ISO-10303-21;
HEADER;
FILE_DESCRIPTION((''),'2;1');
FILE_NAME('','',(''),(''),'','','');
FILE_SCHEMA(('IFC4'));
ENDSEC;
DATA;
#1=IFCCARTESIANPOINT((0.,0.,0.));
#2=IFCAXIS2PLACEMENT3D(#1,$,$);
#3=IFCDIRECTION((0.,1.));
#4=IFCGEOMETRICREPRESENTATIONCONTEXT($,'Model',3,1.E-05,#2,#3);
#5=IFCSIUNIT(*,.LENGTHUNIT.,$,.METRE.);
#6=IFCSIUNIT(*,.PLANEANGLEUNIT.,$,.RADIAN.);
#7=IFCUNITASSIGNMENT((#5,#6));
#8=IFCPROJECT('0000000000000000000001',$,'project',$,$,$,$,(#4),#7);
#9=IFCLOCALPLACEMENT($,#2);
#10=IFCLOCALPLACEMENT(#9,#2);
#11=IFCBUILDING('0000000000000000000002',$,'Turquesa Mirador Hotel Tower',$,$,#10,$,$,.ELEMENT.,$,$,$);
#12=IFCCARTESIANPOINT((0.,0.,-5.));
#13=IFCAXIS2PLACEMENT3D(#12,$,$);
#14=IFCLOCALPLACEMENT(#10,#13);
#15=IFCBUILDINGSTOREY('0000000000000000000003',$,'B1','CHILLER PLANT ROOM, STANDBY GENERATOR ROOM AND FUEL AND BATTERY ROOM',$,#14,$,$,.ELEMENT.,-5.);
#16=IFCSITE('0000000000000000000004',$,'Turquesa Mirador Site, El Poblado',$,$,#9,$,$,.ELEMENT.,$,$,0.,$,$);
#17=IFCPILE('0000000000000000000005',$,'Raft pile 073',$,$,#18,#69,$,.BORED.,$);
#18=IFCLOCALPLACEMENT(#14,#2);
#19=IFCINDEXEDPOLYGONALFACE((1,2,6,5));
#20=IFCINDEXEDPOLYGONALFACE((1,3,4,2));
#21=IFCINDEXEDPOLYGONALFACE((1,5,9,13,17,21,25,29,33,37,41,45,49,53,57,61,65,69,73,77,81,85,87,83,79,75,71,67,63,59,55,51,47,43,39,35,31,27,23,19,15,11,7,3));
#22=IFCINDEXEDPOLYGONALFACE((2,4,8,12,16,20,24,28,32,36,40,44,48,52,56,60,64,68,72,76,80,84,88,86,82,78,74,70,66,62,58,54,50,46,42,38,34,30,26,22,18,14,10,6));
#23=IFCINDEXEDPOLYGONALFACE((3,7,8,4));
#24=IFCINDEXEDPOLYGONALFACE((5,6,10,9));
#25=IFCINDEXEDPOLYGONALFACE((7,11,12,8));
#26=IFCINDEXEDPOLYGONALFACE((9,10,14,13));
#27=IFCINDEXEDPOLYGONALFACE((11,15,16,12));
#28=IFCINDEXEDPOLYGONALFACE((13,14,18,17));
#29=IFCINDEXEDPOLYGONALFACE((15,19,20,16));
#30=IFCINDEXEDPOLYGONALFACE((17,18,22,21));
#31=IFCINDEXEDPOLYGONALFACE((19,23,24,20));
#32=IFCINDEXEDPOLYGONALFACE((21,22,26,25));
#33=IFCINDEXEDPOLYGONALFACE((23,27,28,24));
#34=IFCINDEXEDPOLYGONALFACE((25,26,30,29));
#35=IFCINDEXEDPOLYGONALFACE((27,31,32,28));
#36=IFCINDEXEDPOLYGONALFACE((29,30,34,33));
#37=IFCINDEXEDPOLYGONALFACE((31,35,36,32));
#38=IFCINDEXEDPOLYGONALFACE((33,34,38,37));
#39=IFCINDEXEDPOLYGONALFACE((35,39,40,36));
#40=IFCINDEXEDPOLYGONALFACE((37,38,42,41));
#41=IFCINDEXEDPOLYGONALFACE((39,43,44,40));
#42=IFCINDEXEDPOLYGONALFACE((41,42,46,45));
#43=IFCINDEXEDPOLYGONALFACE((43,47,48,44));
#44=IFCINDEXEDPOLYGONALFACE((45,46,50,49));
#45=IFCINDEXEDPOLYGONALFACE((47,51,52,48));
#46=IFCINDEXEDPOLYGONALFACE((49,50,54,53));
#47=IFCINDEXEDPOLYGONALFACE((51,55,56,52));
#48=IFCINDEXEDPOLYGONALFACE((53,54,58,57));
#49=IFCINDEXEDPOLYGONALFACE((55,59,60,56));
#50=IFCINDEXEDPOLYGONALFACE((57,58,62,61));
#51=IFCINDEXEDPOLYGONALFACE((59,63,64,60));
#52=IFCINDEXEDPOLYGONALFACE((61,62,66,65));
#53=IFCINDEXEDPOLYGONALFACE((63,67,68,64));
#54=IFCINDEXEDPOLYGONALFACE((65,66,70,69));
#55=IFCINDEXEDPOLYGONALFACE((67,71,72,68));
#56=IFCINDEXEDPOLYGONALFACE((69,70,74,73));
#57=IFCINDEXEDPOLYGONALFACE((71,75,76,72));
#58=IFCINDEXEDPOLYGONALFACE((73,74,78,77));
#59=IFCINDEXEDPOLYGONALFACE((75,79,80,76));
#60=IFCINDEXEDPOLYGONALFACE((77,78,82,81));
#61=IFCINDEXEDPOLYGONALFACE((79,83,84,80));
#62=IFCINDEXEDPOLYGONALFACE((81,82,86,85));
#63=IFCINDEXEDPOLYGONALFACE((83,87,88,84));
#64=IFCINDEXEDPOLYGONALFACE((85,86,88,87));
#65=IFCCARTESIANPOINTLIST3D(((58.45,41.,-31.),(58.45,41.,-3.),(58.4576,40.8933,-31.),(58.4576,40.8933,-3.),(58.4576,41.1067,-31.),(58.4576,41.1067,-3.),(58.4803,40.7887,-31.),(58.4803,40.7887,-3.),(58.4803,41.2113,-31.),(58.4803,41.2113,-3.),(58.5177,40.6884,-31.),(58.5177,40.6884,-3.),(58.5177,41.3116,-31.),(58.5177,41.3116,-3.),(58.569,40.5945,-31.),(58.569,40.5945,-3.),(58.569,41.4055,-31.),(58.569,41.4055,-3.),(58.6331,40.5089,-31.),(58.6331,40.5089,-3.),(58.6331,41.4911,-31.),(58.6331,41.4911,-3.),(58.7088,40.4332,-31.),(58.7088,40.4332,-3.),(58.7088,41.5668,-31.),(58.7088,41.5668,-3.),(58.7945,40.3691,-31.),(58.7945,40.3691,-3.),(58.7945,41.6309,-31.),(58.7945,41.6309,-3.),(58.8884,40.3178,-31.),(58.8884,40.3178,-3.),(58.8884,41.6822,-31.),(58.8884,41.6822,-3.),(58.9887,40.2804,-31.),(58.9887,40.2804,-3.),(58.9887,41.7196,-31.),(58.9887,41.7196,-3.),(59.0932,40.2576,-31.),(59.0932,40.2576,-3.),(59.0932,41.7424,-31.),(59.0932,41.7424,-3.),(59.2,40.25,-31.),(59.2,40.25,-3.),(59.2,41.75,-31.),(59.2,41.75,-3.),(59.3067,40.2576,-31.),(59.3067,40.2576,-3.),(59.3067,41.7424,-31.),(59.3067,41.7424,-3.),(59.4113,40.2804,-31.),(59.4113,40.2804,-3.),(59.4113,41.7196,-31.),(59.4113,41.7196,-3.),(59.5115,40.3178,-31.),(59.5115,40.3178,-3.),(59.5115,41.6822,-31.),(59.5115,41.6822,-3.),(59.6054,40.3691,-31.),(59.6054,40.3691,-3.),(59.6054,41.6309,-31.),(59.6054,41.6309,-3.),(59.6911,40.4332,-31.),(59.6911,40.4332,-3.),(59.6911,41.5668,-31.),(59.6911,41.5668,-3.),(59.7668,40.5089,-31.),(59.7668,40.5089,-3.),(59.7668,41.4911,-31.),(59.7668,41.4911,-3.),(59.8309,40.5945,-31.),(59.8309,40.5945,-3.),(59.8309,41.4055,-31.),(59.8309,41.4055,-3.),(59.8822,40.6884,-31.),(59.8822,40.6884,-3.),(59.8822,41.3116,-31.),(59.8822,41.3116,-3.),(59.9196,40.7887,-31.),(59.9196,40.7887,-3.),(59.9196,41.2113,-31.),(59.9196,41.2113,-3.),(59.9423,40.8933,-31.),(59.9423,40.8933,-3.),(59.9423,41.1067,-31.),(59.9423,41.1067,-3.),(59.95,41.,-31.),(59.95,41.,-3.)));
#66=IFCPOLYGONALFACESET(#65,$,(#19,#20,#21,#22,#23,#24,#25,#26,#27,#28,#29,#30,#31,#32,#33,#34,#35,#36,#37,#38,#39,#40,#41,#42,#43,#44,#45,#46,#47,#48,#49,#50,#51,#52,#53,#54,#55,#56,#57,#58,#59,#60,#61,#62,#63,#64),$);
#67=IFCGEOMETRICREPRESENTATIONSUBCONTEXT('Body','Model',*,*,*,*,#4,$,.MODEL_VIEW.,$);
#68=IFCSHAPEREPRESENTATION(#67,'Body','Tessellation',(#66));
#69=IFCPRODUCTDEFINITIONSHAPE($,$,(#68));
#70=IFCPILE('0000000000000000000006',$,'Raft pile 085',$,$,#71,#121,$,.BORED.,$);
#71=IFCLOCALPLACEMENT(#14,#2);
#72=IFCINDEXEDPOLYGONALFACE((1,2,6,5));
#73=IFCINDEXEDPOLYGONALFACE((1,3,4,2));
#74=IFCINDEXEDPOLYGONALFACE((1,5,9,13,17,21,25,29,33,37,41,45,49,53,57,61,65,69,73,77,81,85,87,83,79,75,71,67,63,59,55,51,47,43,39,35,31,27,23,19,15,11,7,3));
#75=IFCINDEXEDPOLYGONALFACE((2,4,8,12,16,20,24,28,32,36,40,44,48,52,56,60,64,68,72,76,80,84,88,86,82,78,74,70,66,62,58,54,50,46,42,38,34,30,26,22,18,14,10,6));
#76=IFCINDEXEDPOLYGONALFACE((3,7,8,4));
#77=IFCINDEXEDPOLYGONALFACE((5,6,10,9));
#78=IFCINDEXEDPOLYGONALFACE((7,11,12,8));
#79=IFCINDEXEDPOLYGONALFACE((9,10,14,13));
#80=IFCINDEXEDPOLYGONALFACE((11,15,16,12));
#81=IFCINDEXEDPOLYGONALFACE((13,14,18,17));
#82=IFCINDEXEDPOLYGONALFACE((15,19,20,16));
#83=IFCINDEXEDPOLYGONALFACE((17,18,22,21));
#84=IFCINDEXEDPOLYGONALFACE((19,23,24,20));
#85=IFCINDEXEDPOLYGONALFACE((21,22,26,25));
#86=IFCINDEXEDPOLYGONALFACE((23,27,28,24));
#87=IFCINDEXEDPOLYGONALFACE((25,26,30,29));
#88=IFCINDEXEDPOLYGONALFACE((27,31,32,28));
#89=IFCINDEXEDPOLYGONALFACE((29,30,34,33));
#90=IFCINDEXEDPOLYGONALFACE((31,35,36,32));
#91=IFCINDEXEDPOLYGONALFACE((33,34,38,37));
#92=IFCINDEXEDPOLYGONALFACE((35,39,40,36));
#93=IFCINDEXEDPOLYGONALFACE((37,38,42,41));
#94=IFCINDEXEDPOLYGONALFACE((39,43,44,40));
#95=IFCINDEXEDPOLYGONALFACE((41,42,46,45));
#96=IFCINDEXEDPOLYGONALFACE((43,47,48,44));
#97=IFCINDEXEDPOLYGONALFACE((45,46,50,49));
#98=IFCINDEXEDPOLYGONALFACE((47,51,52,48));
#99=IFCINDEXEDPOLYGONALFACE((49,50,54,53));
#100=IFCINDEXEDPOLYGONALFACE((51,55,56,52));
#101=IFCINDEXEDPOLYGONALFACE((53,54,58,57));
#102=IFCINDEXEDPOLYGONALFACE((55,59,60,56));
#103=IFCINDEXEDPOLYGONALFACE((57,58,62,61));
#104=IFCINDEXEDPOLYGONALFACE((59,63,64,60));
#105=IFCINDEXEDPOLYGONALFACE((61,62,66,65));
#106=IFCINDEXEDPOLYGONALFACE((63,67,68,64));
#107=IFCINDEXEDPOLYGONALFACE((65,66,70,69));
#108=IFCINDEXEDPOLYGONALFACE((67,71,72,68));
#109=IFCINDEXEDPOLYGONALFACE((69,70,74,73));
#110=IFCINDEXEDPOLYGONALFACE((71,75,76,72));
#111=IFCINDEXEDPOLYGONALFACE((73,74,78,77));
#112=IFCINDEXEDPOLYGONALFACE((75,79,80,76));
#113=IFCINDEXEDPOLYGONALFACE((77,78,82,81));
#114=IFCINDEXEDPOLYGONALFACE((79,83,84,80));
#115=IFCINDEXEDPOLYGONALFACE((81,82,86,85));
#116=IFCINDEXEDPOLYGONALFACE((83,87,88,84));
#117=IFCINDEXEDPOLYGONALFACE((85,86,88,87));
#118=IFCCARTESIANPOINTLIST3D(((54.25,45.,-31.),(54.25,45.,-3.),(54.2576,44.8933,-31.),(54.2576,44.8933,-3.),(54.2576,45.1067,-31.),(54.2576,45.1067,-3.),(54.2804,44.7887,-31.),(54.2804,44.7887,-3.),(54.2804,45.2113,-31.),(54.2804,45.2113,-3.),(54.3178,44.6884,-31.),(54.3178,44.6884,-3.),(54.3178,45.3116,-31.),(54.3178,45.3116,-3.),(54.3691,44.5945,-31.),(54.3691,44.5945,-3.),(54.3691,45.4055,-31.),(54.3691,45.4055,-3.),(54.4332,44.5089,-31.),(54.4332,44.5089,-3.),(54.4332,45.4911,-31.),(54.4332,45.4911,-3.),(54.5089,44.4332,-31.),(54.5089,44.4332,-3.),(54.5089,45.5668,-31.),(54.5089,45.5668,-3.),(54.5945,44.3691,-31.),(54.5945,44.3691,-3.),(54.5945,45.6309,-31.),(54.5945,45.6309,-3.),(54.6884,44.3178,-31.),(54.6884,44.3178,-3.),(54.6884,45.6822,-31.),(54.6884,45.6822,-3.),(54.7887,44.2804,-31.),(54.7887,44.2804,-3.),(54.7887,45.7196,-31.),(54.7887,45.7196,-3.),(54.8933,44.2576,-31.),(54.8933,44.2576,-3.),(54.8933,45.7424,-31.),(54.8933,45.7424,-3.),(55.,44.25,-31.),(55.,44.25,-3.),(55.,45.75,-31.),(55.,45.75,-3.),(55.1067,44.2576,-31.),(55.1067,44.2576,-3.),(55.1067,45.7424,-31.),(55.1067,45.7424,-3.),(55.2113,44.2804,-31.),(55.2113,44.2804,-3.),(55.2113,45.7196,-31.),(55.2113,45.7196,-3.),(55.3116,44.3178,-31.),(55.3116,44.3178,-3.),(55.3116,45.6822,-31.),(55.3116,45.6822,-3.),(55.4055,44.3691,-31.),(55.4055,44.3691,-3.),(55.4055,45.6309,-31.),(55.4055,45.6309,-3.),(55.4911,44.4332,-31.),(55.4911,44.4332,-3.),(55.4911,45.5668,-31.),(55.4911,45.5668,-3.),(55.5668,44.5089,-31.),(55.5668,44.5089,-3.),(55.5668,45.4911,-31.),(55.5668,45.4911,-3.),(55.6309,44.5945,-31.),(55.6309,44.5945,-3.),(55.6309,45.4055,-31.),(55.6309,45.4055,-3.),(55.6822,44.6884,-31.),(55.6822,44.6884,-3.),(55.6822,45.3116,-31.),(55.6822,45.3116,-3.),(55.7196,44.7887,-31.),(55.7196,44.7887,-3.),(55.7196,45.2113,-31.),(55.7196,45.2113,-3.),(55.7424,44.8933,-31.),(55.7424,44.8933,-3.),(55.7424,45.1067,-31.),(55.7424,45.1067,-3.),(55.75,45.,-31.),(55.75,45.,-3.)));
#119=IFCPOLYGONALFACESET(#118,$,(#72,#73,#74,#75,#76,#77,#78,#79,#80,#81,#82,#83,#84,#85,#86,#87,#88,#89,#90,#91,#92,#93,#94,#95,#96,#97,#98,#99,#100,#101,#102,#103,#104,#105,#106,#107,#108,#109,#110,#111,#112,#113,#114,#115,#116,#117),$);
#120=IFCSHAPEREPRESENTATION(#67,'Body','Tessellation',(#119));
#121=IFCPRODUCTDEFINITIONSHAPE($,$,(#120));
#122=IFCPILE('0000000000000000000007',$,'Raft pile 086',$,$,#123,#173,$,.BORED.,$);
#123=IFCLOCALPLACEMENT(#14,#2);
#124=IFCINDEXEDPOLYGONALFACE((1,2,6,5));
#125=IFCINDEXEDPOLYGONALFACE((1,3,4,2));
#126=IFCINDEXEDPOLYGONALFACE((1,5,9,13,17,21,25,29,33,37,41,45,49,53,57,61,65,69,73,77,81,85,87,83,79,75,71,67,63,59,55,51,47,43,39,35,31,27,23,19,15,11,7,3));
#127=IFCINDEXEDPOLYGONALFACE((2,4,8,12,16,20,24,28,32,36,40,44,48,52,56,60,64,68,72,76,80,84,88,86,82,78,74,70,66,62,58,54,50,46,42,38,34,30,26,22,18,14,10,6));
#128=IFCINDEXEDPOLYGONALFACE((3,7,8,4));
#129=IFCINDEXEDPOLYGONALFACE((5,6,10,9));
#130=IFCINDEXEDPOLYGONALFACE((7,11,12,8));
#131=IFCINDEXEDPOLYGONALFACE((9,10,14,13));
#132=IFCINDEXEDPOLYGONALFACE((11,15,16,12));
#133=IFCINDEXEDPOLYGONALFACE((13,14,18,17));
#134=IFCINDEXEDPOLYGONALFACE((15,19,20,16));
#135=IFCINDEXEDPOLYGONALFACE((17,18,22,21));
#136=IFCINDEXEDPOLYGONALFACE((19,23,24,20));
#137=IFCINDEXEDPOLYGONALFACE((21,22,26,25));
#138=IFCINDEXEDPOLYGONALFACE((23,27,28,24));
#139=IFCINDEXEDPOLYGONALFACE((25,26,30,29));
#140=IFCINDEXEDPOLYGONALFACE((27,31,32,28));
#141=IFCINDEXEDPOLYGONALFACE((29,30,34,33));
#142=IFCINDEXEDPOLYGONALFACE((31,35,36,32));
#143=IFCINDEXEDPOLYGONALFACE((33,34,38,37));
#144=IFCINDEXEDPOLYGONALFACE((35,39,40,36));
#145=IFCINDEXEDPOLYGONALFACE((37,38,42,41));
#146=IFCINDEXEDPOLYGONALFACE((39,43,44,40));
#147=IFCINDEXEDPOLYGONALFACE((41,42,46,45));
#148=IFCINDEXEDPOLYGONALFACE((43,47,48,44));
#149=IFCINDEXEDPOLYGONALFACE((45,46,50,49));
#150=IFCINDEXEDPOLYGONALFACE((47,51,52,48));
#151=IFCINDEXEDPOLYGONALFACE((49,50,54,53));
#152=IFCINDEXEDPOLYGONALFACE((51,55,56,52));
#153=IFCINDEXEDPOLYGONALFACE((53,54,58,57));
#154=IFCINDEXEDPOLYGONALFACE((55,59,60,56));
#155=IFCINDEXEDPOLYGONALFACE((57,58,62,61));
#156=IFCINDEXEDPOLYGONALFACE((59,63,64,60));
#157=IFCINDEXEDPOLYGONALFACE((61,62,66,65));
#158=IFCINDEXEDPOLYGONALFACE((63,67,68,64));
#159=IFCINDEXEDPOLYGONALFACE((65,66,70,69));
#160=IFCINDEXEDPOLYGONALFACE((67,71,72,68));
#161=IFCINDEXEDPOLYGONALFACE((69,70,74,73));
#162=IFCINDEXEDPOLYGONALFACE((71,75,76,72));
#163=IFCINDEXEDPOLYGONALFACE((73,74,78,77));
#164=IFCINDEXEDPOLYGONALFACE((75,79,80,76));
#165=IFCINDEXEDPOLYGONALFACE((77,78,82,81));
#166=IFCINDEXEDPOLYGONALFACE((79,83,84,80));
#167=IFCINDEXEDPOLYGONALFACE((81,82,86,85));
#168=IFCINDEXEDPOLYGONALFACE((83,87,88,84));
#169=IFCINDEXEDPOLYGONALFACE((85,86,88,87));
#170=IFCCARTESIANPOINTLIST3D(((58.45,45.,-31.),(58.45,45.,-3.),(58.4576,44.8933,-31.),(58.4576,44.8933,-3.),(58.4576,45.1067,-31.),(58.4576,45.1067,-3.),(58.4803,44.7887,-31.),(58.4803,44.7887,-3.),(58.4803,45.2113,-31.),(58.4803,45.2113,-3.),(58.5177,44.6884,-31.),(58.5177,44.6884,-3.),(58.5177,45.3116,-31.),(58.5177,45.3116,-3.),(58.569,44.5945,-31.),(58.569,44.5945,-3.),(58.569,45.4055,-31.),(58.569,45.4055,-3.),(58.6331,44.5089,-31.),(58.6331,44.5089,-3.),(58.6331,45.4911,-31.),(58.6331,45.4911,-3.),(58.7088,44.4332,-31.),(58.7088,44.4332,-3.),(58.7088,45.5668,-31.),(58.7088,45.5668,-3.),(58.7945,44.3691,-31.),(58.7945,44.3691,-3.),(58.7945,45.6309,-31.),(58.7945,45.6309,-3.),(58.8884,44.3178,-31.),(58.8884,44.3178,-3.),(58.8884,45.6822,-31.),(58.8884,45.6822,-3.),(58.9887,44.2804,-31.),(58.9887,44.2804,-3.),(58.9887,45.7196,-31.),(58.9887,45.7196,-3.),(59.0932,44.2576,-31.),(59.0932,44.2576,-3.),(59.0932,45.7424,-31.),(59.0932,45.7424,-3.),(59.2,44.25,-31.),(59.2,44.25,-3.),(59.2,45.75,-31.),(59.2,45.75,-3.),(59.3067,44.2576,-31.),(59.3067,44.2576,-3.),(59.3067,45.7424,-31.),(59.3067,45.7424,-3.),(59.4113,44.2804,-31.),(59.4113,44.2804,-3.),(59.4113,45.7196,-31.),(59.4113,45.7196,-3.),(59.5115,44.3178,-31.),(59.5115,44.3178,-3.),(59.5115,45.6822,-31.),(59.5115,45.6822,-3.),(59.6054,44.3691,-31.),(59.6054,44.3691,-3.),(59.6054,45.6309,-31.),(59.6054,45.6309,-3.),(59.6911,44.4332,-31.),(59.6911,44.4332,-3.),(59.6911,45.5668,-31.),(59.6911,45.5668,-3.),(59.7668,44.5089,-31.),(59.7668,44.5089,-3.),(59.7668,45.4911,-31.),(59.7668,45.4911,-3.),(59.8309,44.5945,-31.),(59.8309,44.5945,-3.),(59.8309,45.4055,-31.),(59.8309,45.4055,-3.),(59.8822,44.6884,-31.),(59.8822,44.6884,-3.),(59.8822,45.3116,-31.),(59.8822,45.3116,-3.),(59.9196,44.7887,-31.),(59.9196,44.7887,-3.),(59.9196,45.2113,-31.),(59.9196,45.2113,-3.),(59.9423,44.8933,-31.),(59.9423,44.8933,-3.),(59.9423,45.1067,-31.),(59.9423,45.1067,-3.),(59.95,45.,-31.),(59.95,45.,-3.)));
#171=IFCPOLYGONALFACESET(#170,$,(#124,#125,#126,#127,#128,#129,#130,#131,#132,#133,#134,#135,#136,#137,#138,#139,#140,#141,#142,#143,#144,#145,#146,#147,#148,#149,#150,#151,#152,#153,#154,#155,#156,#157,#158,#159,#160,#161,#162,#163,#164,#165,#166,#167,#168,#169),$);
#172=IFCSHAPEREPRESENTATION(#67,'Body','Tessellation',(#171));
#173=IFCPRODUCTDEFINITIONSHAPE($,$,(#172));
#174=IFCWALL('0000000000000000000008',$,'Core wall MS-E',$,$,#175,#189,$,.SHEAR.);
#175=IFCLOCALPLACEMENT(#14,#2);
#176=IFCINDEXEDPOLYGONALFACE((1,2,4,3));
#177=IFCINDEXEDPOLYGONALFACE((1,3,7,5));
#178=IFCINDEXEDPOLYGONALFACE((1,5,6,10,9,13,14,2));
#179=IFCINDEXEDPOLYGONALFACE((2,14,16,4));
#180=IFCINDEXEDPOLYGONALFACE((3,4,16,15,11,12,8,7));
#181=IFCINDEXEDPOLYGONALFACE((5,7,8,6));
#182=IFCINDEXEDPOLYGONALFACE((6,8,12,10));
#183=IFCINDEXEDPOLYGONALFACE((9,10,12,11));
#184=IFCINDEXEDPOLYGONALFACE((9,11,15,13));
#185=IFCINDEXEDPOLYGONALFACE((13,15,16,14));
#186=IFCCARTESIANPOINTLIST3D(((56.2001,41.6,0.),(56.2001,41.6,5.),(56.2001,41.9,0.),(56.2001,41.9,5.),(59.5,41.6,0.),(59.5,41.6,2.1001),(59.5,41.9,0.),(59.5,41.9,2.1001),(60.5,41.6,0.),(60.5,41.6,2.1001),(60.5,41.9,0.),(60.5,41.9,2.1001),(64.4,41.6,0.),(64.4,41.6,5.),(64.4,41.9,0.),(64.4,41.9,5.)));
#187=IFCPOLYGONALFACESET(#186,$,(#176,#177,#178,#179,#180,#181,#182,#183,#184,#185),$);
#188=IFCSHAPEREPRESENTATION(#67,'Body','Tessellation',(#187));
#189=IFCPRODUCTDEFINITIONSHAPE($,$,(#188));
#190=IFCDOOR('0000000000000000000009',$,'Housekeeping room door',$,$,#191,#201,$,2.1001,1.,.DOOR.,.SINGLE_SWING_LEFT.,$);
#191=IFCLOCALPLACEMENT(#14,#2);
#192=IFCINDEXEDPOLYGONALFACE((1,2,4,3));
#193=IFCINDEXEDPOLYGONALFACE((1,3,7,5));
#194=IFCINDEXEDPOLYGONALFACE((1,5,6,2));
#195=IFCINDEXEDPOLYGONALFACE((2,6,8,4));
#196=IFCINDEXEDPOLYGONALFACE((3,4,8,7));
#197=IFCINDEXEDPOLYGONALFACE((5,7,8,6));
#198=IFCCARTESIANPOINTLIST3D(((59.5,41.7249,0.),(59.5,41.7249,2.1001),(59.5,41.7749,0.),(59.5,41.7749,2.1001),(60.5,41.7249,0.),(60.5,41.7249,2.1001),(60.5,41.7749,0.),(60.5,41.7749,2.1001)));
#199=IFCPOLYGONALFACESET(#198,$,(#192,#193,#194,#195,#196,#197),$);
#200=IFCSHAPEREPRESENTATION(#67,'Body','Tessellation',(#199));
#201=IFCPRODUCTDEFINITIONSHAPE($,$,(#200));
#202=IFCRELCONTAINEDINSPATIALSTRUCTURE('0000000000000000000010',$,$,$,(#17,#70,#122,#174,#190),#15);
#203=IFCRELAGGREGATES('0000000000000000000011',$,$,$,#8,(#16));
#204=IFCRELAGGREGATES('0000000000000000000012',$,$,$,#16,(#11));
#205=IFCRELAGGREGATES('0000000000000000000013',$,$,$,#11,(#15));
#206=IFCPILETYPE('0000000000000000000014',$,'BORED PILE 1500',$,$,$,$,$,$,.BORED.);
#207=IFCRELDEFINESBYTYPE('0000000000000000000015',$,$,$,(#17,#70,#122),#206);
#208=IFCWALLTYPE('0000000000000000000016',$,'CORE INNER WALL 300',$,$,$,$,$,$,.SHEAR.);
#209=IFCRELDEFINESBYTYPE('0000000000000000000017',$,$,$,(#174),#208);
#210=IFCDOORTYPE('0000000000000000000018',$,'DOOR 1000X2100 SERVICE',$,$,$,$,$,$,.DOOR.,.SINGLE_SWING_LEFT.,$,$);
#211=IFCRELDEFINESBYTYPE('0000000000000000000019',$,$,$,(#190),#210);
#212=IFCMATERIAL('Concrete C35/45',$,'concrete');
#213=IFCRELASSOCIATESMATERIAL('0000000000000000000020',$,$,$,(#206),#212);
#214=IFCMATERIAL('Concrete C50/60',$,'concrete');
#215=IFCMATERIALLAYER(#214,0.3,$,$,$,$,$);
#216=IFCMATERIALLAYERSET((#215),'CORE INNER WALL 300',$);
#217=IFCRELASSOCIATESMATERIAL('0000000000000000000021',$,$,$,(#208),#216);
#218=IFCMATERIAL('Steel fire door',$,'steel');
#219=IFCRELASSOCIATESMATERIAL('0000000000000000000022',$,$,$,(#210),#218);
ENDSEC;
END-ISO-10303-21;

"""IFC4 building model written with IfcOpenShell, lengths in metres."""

from ifc_helpers import new_model, si_unit, direction, frame, frame_2d, origin, origin_2d, place, context, subcontext, project, spatial, rectangle, circle, extrude, material, layer, layer_set, type_object, element, fill, save


model = new_model("IFC4")

# Units and contexts
model_context = context("Model", 3, precision=1e-05, world=origin(), true_north=direction((0.0, 1.0)))
body_context = subcontext(model_context, "Body", "Model", "MODEL_VIEW")
ifc_project = project(units=[si_unit("LENGTHUNIT", "METRE"), si_unit("PLANEANGLEUNIT", "RADIAN")], contexts=[model_context])

# Site, building, storey
site_placement = place(None, origin())
site = spatial("IfcSite", under=ifc_project, at=site_placement, Name="Turquesa Mirador Site, El Poblado", CompositionType="ELEMENT", RefElevation=0.0)
building_placement = place(site_placement, origin())
building = spatial("IfcBuilding", under=site, at=building_placement, Name="Turquesa Mirador Hotel Tower", CompositionType="ELEMENT")
storey_placement = place(building_placement, frame((0.0, 0.0, -5.0)))
storey = spatial("IfcBuildingStorey", under=building, at=storey_placement, Name="B1", Description="CHILLER PLANT ROOM, STANDBY GENERATOR ROOM AND FUEL AND BATTERY ROOM", CompositionType="ELEMENT", Elevation=-5.0)

# Piles
ifc_material_1 = material(Name="Concrete C35/45", Category="concrete")
pile_type = type_object("IfcPileType", Name="BORED PILE 1500", PredefinedType="BORED", material=ifc_material_1)
for number, where, z_axis, x_axis, name in (
    (1, (59.2, 41.0, -3.0), (0.0, 0.0, -1.0), (1.0, 0.0, 0.0), "Raft pile 073"),
    (2, (55.0, 45.0, -3.0), (0.0, 0.0, -1.0), (1.0, 0.0, 0.0), "Raft pile 085"),
    (3, (59.2, 45.0, -3.0), (0.0, 0.0, -1.0), (1.0, 0.0, 0.0), "Raft pile 086"),
):
    element("IfcPile", number, at=place(storey_placement, frame(where, z_axis=z_axis, x_axis=x_axis)), inside=storey, type_object=pile_type, Name=name, PredefinedType="BORED", context=body_context, shape_type="SweptSolid", body=[
        extrude(circle(Radius=0.75, at=origin_2d()), origin(), (0.0, 0.0, 1.0), 28.0),
    ])

# Wall, opening, door
ifc_material_2 = material(Name="Concrete C50/60", Category="concrete")
ifc_layer_1 = layer(ifc_material_2, 0.3)
ifc_layer_set_1 = layer_set([ifc_layer_1], Name="CORE INNER WALL 300")
wall_type_1 = type_object("IfcWallType", Name="CORE INNER WALL 300", PredefinedType="SHEAR", material=ifc_layer_set_1)
wall_1_placement = place(storey_placement, frame((56.2, 41.75, 0.0), z_axis=(0.0, 0.0, 1.0), x_axis=(1.0, 0.0, 0.0)))
wall_1 = element("IfcWall", 4, at=wall_1_placement, inside=storey, type_object=wall_type_1, Name="Core wall MS-E", PredefinedType="SHEAR", context=body_context, shape_type="SweptSolid", body=[
    extrude(rectangle(XDim=8.2, YDim=0.3, at=frame_2d((4.1001, 0.0))), origin(), (0.0, 0.0, 1.0), 5.0),
])
opening_1_placement = place(wall_1_placement, frame((3.3, 0.0, 0.0)))
opening_1 = element("IfcOpeningElement", 5, at=opening_1_placement, cuts=wall_1, PredefinedType="OPENING", context=body_context, shape_type="SweptSolid", body=[
    extrude(rectangle(XDim=1.0, YDim=2.1001, at=frame_2d((0.5, 1.05))), frame((0.0, 0.1599, 0.0), z_axis=(0.0, -1.0, 0.0), x_axis=(1.0, 0.0, 0.0)), (0.0, 0.0, 1.0), 0.3201),
])
ifc_material_3 = material(Name="Steel fire door", Category="steel")
door_type_1 = type_object("IfcDoorType", Name="DOOR 1000X2100 SERVICE", OperationType="SINGLE_SWING_LEFT", PredefinedType="DOOR", material=ifc_material_3)
door_1_placement = place(opening_1_placement, origin())
door_1 = element("IfcDoor", 6, at=door_1_placement, inside=storey, type_object=door_type_1, Name="Housekeeping room door", OperationType="SINGLE_SWING_LEFT", OverallHeight=2.1001, OverallWidth=1.0, PredefinedType="DOOR", context=body_context, shape_type="SweptSolid", body=[
    extrude(rectangle(XDim=1.0, YDim=2.1001, at=frame_2d((0.5, 1.05))), frame((0.0, 0.0249, 0.0), z_axis=(0.0, -1.0, 0.0), x_axis=(1.0, 0.0, 0.0)), (0.0, 0.0, 1.0), 0.05),
])
fill(opening_1, door_1)

save(model, "model.ifc")
